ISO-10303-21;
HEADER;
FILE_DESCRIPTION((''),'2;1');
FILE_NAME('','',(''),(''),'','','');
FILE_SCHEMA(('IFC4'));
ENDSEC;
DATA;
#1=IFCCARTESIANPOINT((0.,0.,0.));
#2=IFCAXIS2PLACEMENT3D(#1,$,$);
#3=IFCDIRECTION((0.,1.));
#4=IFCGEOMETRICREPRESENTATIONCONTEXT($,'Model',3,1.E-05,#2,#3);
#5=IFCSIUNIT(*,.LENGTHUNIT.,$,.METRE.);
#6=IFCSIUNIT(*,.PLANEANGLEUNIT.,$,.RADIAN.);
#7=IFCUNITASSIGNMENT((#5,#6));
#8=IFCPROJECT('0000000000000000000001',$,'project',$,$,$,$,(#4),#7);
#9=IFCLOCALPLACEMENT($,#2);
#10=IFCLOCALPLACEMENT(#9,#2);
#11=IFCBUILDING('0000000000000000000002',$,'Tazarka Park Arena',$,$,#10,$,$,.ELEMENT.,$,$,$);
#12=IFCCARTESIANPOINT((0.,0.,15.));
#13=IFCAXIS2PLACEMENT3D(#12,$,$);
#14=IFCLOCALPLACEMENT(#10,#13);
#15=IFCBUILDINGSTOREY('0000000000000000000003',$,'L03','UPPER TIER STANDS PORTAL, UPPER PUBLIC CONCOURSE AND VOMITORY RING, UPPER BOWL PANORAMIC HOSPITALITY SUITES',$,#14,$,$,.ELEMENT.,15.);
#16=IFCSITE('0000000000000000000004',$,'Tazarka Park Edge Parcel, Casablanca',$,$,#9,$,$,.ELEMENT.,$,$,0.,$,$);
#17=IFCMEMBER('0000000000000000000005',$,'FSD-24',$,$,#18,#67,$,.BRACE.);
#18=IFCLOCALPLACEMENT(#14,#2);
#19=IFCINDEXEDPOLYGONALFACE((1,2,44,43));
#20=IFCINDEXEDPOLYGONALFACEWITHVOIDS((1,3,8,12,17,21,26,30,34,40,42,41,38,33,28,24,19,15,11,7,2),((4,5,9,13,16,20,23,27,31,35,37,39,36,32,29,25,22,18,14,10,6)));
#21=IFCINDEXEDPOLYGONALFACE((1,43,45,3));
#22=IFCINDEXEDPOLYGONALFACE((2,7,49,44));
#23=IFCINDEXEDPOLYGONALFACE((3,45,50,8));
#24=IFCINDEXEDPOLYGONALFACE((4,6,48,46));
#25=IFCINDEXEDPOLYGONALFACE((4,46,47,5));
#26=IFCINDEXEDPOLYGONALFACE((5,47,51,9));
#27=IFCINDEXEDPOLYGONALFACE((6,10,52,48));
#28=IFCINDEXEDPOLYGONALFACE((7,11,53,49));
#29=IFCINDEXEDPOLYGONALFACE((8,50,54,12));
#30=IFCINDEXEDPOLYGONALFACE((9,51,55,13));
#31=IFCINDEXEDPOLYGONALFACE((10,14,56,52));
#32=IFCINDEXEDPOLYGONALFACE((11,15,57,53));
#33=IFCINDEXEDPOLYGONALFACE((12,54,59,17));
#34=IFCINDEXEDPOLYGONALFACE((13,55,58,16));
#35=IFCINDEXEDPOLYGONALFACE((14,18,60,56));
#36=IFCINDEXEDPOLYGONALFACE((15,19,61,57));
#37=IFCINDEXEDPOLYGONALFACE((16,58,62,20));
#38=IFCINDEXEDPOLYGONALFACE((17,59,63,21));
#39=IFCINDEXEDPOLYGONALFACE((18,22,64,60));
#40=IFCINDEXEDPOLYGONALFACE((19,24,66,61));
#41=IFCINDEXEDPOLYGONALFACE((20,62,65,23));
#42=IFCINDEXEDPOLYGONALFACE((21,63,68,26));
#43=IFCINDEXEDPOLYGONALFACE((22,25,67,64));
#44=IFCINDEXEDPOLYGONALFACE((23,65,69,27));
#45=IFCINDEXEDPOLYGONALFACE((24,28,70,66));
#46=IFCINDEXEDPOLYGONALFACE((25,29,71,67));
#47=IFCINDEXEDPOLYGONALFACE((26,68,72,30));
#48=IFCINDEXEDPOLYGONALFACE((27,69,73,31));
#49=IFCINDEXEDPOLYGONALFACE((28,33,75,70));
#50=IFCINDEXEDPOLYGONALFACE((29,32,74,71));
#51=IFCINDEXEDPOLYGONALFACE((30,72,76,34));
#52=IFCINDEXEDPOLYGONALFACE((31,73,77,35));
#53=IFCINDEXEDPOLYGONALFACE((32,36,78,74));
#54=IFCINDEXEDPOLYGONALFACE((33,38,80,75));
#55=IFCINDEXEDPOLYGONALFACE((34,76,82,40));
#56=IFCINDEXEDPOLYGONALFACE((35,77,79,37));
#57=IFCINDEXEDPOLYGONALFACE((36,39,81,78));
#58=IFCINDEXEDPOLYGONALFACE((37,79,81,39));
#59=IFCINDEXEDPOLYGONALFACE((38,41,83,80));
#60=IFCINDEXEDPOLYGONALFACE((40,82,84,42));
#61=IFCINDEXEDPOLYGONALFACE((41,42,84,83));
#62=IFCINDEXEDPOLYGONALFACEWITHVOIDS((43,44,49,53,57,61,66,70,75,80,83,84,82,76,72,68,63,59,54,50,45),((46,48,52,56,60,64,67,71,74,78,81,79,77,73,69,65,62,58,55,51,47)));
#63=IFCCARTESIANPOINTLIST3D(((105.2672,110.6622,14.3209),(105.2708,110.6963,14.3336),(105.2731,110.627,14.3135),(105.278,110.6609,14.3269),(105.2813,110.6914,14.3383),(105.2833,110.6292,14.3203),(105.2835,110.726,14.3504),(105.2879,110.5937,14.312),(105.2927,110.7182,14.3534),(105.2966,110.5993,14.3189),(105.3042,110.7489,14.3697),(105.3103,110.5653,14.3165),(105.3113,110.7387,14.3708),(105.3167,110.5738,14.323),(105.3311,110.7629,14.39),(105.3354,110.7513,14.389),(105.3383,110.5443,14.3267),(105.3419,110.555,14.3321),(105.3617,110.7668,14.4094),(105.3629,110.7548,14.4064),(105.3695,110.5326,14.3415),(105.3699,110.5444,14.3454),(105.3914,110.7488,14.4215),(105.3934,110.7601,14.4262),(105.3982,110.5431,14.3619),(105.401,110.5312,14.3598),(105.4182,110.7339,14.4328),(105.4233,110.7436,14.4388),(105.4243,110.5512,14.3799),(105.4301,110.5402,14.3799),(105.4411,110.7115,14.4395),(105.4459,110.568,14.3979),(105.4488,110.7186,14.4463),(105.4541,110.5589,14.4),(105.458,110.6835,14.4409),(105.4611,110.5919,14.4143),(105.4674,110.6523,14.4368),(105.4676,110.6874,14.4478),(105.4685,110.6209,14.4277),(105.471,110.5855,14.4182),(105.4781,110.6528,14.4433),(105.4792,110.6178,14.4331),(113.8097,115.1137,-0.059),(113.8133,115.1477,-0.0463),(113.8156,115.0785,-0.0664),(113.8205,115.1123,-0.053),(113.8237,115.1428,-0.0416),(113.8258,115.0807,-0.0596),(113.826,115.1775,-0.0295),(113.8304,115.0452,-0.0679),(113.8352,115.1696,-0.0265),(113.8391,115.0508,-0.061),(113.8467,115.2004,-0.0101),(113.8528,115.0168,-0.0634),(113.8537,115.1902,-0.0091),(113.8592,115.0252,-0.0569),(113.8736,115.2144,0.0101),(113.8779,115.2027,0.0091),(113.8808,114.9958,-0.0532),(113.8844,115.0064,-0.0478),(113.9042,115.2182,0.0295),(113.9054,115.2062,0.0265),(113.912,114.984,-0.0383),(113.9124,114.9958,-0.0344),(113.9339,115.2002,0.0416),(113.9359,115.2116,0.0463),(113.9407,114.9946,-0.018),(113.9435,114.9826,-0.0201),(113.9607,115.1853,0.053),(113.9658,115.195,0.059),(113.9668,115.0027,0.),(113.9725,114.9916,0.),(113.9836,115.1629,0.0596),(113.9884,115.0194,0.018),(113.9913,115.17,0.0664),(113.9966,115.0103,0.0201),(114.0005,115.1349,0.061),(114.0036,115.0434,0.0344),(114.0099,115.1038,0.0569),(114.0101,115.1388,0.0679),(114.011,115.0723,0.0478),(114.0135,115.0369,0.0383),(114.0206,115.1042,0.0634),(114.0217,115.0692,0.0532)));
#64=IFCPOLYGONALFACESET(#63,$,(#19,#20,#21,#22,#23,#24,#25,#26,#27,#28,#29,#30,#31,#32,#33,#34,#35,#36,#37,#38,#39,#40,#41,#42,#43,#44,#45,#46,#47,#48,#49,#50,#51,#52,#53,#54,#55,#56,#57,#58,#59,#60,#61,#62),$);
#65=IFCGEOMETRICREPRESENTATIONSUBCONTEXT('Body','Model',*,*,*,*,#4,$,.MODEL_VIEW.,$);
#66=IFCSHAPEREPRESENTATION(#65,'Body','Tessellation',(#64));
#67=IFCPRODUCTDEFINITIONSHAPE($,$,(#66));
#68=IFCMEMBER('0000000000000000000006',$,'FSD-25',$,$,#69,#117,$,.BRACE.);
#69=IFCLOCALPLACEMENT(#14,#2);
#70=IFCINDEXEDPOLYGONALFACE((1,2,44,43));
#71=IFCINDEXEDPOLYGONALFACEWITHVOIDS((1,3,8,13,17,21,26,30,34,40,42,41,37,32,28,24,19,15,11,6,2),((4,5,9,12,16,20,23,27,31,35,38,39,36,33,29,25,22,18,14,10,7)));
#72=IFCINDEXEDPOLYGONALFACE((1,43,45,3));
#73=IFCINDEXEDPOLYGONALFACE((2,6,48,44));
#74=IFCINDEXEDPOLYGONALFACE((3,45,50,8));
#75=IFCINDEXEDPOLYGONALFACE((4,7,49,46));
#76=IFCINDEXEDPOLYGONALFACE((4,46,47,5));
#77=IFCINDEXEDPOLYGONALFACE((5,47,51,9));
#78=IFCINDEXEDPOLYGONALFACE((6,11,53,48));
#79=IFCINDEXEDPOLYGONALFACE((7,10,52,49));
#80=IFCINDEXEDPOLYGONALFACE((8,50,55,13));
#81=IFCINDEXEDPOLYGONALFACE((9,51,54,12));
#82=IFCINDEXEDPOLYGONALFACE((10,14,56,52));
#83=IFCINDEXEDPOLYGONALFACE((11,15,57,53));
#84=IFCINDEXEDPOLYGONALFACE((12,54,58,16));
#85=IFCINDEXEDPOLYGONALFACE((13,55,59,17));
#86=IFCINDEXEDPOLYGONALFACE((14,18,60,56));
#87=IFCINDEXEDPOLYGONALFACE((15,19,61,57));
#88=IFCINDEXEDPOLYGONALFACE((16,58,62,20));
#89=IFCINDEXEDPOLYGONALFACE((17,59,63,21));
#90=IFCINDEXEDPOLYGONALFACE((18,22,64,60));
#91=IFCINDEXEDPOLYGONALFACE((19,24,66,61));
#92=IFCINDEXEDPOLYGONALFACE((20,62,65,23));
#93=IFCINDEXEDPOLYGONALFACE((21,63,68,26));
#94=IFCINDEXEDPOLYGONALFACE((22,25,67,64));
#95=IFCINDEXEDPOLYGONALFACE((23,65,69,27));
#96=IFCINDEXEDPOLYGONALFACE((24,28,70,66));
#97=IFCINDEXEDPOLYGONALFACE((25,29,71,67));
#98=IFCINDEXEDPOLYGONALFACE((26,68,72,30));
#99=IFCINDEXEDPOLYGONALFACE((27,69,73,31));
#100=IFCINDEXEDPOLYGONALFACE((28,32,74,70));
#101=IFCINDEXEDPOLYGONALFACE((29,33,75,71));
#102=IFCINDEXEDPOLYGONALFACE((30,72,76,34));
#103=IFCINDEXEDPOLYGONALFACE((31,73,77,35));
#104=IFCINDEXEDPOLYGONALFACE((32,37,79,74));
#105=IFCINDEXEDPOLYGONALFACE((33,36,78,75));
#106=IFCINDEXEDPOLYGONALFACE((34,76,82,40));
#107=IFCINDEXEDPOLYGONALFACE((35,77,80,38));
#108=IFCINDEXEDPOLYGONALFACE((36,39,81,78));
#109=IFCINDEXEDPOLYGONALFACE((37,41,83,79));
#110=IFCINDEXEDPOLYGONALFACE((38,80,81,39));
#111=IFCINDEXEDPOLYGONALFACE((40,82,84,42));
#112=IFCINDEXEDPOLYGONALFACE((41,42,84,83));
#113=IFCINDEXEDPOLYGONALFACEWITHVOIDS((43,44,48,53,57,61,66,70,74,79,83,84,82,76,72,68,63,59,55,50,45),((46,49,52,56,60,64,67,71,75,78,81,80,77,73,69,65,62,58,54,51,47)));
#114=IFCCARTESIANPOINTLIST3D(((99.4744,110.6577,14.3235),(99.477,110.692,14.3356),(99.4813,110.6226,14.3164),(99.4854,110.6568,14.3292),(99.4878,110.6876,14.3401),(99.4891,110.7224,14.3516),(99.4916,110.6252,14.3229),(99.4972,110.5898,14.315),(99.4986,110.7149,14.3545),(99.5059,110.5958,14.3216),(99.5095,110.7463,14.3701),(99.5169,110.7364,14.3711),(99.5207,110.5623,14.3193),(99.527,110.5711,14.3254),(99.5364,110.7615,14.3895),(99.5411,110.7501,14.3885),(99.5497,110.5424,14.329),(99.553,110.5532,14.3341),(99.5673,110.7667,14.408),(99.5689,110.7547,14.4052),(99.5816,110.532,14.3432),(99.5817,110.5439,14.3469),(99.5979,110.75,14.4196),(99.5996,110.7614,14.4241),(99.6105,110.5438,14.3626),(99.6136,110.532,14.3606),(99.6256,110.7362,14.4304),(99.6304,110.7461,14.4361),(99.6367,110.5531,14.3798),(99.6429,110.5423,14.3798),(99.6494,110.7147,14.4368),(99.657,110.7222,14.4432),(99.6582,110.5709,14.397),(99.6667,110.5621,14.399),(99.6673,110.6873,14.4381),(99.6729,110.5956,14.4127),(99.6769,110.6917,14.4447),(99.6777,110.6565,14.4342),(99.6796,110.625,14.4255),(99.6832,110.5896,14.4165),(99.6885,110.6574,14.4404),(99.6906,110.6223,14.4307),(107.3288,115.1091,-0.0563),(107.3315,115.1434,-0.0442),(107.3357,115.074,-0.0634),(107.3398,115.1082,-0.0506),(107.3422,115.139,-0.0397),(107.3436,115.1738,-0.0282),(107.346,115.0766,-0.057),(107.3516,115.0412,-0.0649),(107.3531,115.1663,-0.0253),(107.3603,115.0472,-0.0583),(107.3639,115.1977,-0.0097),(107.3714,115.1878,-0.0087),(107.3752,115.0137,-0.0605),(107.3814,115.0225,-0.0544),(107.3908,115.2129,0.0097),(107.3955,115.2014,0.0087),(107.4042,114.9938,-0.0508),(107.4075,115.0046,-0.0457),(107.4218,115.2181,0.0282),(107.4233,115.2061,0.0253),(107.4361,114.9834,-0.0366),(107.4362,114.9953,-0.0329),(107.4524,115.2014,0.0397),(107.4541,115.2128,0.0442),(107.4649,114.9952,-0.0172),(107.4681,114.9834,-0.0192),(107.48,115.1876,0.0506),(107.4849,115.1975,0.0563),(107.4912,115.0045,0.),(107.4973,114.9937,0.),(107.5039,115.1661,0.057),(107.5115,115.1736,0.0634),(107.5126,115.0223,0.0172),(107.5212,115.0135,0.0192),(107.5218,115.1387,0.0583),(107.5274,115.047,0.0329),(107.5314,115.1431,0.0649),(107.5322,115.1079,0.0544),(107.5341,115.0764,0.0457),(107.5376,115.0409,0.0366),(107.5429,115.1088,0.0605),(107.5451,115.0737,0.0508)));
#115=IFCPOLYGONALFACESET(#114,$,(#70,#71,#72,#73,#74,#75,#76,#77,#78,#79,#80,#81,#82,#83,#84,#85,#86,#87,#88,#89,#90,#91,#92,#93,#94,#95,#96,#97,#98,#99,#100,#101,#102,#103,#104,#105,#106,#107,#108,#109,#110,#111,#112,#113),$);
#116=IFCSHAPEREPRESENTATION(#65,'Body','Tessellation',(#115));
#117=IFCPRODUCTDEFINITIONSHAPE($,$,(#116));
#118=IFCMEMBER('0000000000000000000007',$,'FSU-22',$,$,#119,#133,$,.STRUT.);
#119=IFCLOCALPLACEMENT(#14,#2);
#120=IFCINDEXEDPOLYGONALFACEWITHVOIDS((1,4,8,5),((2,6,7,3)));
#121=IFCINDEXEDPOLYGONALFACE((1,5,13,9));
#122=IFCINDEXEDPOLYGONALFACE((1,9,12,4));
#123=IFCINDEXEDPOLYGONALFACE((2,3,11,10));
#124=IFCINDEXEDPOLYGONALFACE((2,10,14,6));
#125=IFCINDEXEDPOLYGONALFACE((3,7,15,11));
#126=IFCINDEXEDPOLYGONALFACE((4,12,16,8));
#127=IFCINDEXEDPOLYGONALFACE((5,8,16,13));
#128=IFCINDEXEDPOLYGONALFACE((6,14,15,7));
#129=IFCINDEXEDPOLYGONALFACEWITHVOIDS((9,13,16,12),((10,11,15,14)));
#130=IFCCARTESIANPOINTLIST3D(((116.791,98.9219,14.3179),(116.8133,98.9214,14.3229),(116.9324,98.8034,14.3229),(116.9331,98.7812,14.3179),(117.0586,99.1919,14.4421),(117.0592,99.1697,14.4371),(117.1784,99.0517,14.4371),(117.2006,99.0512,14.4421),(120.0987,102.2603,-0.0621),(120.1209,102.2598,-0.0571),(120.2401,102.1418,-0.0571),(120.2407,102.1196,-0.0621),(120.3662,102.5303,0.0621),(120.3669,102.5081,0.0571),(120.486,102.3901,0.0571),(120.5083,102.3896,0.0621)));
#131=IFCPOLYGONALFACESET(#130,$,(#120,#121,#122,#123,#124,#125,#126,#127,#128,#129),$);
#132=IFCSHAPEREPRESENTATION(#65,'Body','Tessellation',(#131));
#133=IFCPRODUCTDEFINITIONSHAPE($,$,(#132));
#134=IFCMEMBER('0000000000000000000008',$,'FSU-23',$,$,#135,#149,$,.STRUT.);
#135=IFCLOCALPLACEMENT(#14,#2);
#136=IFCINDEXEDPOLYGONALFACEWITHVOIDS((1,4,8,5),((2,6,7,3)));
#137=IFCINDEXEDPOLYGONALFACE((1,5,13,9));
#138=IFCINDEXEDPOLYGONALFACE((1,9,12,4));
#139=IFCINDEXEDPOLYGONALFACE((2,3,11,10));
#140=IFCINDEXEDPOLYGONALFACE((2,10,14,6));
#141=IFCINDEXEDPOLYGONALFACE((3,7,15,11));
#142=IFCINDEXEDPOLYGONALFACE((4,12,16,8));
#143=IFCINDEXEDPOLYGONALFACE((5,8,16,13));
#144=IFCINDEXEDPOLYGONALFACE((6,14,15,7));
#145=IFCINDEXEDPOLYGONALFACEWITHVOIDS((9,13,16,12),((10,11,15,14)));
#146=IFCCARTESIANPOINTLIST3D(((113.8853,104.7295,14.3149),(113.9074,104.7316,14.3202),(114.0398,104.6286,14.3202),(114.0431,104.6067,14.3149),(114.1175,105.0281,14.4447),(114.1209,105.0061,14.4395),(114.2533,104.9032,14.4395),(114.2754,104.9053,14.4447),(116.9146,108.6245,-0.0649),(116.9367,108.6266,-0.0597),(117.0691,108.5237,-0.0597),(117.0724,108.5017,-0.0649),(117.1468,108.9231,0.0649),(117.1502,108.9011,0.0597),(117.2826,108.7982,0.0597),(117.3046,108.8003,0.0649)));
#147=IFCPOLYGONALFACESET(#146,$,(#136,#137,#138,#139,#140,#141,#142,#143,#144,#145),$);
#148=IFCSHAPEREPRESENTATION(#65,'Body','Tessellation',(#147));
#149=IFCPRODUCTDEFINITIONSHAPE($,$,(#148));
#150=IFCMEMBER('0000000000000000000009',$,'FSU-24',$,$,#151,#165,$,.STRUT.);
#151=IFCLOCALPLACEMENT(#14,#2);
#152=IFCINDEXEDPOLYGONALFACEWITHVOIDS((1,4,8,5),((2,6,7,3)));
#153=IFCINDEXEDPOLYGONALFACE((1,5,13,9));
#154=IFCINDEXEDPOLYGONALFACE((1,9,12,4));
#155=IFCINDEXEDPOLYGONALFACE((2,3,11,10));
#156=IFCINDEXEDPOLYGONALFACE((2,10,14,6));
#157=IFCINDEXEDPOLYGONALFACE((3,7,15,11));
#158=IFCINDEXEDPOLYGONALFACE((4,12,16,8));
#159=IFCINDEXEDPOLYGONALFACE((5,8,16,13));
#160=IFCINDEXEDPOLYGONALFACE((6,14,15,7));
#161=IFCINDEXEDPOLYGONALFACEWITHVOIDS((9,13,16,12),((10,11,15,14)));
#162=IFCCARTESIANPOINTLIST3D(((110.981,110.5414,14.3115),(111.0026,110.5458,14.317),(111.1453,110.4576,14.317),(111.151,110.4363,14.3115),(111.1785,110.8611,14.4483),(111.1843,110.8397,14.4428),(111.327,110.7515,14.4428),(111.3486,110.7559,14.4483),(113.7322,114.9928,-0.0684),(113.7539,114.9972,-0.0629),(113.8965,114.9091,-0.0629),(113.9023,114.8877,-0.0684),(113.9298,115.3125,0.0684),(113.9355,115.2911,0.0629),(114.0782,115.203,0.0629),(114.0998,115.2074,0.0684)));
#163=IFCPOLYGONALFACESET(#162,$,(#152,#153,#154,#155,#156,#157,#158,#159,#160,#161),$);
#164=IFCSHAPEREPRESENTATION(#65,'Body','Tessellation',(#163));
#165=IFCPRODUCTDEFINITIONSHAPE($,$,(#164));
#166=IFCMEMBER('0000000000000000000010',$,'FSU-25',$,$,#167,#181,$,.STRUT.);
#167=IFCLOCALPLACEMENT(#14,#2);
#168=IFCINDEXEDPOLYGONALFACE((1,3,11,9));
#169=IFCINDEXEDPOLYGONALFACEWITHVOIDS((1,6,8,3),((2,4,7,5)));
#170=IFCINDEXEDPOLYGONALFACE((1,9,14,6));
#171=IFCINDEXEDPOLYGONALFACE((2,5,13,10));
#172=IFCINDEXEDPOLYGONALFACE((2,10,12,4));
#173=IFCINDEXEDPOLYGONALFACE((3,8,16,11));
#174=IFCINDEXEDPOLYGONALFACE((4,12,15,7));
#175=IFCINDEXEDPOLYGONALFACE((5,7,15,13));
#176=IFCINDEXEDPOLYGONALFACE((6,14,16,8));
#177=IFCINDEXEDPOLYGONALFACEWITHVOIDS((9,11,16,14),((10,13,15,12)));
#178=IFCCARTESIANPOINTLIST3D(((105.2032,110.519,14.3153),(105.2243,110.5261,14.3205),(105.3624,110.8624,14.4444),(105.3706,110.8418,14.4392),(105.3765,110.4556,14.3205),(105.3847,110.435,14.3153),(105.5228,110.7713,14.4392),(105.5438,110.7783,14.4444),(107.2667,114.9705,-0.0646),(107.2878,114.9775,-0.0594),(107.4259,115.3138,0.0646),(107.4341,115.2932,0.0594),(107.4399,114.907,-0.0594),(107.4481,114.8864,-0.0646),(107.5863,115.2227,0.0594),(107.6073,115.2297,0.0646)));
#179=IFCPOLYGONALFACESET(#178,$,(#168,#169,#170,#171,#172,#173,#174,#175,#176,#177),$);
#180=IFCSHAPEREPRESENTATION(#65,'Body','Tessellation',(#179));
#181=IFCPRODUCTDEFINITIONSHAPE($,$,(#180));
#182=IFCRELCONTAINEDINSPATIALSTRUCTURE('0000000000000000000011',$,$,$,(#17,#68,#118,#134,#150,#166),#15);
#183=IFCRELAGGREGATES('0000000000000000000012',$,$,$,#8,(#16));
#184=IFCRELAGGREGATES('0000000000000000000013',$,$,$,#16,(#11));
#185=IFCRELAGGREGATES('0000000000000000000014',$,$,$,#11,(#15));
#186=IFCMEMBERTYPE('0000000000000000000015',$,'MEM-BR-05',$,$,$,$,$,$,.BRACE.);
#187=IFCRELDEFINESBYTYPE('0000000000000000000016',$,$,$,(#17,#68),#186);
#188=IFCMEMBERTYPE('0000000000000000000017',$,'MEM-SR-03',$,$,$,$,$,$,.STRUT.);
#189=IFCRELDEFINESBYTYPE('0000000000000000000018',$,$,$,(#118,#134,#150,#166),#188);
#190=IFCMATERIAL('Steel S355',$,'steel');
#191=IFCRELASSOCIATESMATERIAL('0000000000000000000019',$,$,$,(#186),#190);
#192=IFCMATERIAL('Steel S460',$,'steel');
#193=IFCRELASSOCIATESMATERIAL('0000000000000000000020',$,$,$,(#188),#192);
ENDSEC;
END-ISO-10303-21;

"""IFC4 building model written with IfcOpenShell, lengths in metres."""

from ifc_helpers import new_model, si_unit, direction, frame, origin, origin_2d, place, context, subcontext, project, spatial, hollow_rectangle, hollow_circle, extrude, material, material_profile, profile_set, type_object, element, save


model = new_model("IFC4")

# Units and contexts
model_context = context("Model", 3, precision=1e-05, world=origin(), true_north=direction((0.0, 1.0)))
body_context = subcontext(model_context, "Body", "Model", "MODEL_VIEW")
ifc_project = project(units=[si_unit("LENGTHUNIT", "METRE"), si_unit("PLANEANGLEUNIT", "RADIAN")], contexts=[model_context])

# Site, building, storey
site_placement = place(None, origin())
site = spatial("IfcSite", under=ifc_project, at=site_placement, Name="Tazarka Park Edge Parcel, Casablanca", CompositionType="ELEMENT", RefElevation=0.0)
building_placement = place(site_placement, origin())
building = spatial("IfcBuilding", under=site, at=building_placement, Name="Tazarka Park Arena", CompositionType="ELEMENT")
storey_placement = place(building_placement, frame((0.0, 0.0, 15.0)))
storey = spatial("IfcBuildingStorey", under=building, at=storey_placement, Name="L03", Description="UPPER TIER STANDS PORTAL, UPPER PUBLIC CONCOURSE AND VOMITORY RING, UPPER BOWL PANORAMIC HOSPITALITY SUITES", CompositionType="ELEMENT", Elevation=15.0)

# Members
ifc_material_1 = material(Name="Steel S355", Category="steel")
ifc_material_profile_1 = material_profile(ifc_material_1, hollow_circle(Radius=0.1223, WallThickness=0.0125, at=origin_2d()), Name="Steel S355")
ifc_profile_set_1 = profile_set([ifc_material_profile_1], Name="Steel S355")
member_type_1 = type_object("IfcMemberType", Name="MEM-BR-05", PredefinedType="BRACE", material=ifc_profile_set_1)
member_1_placement = place(storey_placement, frame((113.916, 115.1001, 0.0), z_axis=(-0.493554, -0.257187, 0.830818), x_axis=(0.462115, -0.88682, 0.0)))
element("IfcMember", 1, at=member_1_placement, inside=storey, type_object=member_type_1, Name="FSD-24", PredefinedType="BRACE", context=body_context, shape_type="SweptSolid", body=[
    extrude(hollow_circle(Radius=0.1223, WallThickness=0.0125, at=origin_2d()), origin(), (0.0, 0.0, 1.0), 17.3081),
])
member_2_placement = place(storey_placement, frame((107.437, 115.1001, 0.0), z_axis=(-0.462598, -0.262171, 0.846918), x_axis=(0.493058, -0.869997, 0.0)))
element("IfcMember", 2, at=member_2_placement, inside=storey, type_object=member_type_1, Name="FSD-25", PredefinedType="BRACE", context=body_context, shape_type="SweptSolid", body=[
    extrude(hollow_circle(Radius=0.1223, WallThickness=0.0125, at=origin_2d()), origin(), (0.0, 0.0, 1.0), 16.979),
])
ifc_material_2 = material(Name="Steel S460", Category="steel")
ifc_material_profile_2 = material_profile(ifc_material_2, hollow_rectangle(XDim=0.2, YDim=0.3999, WallThickness=0.0161, at=origin_2d()), Name="Steel S460")
ifc_profile_set_2 = profile_set([ifc_material_profile_2], Name="Steel S460")
member_type_2 = type_object("IfcMemberType", Name="MEM-SR-03", PredefinedType="STRUT", material=ifc_profile_set_2)
member_3_placement = place(storey_placement, frame((120.3035, 102.325, 0.0), z_axis=(-0.218637, -0.220671, 0.950527), x_axis=(0.710372, -0.703826, 0.0)))
element("IfcMember", 3, at=member_3_placement, inside=storey, type_object=member_type_2, Name="FSU-22", PredefinedType="STRUT", context=body_context, shape_type="SweptSolid", body=[
    extrude(hollow_rectangle(XDim=0.2, YDim=0.3999, WallThickness=0.0161, at=origin_2d()), origin(), (0.0, 0.0, 1.0), 15.1284),
])
member_4_placement = place(storey_placement, frame((117.1096, 108.7124, 0.0), z_axis=(-0.199258, -0.256202, 0.945863), x_axis=(0.789368, -0.61392, 0.0)))
element("IfcMember", 4, at=member_4_placement, inside=storey, type_object=member_type_2, Name="FSU-23", PredefinedType="STRUT", context=body_context, shape_type="SweptSolid", body=[
    extrude(hollow_rectangle(XDim=0.2, YDim=0.3999, WallThickness=0.0161, at=origin_2d()), origin(), (0.0, 0.0, 1.0), 15.2029),
])
member_5_placement = place(storey_placement, frame((113.916, 115.1001, 0.0), z_axis=(-0.179789, -0.290895, 0.93971), x_axis=(0.850643, -0.525744, 0.0)))
element("IfcMember", 5, at=member_5_placement, inside=storey, type_object=member_type_2, Name="FSU-24", PredefinedType="STRUT", context=body_context, shape_type="SweptSolid", body=[
    extrude(hollow_rectangle(XDim=0.2, YDim=0.3999, WallThickness=0.0161, at=origin_2d()), origin(), (0.0, 0.0, 1.0), 15.3025),
])
member_6_placement = place(storey_placement, frame((107.437, 115.1001, 0.0), z_axis=(-0.13581, -0.292974, 0.946426), x_axis=(0.907262, -0.420566, 0.0)))
element("IfcMember", 6, at=member_6_placement, inside=storey, type_object=member_type_2, Name="FSU-25", PredefinedType="STRUT", context=body_context, shape_type="SweptSolid", body=[
    extrude(hollow_rectangle(XDim=0.2, YDim=0.3999, WallThickness=0.0161, at=origin_2d()), origin(), (0.0, 0.0, 1.0), 15.1938),
])

save(model, "model.ifc")
